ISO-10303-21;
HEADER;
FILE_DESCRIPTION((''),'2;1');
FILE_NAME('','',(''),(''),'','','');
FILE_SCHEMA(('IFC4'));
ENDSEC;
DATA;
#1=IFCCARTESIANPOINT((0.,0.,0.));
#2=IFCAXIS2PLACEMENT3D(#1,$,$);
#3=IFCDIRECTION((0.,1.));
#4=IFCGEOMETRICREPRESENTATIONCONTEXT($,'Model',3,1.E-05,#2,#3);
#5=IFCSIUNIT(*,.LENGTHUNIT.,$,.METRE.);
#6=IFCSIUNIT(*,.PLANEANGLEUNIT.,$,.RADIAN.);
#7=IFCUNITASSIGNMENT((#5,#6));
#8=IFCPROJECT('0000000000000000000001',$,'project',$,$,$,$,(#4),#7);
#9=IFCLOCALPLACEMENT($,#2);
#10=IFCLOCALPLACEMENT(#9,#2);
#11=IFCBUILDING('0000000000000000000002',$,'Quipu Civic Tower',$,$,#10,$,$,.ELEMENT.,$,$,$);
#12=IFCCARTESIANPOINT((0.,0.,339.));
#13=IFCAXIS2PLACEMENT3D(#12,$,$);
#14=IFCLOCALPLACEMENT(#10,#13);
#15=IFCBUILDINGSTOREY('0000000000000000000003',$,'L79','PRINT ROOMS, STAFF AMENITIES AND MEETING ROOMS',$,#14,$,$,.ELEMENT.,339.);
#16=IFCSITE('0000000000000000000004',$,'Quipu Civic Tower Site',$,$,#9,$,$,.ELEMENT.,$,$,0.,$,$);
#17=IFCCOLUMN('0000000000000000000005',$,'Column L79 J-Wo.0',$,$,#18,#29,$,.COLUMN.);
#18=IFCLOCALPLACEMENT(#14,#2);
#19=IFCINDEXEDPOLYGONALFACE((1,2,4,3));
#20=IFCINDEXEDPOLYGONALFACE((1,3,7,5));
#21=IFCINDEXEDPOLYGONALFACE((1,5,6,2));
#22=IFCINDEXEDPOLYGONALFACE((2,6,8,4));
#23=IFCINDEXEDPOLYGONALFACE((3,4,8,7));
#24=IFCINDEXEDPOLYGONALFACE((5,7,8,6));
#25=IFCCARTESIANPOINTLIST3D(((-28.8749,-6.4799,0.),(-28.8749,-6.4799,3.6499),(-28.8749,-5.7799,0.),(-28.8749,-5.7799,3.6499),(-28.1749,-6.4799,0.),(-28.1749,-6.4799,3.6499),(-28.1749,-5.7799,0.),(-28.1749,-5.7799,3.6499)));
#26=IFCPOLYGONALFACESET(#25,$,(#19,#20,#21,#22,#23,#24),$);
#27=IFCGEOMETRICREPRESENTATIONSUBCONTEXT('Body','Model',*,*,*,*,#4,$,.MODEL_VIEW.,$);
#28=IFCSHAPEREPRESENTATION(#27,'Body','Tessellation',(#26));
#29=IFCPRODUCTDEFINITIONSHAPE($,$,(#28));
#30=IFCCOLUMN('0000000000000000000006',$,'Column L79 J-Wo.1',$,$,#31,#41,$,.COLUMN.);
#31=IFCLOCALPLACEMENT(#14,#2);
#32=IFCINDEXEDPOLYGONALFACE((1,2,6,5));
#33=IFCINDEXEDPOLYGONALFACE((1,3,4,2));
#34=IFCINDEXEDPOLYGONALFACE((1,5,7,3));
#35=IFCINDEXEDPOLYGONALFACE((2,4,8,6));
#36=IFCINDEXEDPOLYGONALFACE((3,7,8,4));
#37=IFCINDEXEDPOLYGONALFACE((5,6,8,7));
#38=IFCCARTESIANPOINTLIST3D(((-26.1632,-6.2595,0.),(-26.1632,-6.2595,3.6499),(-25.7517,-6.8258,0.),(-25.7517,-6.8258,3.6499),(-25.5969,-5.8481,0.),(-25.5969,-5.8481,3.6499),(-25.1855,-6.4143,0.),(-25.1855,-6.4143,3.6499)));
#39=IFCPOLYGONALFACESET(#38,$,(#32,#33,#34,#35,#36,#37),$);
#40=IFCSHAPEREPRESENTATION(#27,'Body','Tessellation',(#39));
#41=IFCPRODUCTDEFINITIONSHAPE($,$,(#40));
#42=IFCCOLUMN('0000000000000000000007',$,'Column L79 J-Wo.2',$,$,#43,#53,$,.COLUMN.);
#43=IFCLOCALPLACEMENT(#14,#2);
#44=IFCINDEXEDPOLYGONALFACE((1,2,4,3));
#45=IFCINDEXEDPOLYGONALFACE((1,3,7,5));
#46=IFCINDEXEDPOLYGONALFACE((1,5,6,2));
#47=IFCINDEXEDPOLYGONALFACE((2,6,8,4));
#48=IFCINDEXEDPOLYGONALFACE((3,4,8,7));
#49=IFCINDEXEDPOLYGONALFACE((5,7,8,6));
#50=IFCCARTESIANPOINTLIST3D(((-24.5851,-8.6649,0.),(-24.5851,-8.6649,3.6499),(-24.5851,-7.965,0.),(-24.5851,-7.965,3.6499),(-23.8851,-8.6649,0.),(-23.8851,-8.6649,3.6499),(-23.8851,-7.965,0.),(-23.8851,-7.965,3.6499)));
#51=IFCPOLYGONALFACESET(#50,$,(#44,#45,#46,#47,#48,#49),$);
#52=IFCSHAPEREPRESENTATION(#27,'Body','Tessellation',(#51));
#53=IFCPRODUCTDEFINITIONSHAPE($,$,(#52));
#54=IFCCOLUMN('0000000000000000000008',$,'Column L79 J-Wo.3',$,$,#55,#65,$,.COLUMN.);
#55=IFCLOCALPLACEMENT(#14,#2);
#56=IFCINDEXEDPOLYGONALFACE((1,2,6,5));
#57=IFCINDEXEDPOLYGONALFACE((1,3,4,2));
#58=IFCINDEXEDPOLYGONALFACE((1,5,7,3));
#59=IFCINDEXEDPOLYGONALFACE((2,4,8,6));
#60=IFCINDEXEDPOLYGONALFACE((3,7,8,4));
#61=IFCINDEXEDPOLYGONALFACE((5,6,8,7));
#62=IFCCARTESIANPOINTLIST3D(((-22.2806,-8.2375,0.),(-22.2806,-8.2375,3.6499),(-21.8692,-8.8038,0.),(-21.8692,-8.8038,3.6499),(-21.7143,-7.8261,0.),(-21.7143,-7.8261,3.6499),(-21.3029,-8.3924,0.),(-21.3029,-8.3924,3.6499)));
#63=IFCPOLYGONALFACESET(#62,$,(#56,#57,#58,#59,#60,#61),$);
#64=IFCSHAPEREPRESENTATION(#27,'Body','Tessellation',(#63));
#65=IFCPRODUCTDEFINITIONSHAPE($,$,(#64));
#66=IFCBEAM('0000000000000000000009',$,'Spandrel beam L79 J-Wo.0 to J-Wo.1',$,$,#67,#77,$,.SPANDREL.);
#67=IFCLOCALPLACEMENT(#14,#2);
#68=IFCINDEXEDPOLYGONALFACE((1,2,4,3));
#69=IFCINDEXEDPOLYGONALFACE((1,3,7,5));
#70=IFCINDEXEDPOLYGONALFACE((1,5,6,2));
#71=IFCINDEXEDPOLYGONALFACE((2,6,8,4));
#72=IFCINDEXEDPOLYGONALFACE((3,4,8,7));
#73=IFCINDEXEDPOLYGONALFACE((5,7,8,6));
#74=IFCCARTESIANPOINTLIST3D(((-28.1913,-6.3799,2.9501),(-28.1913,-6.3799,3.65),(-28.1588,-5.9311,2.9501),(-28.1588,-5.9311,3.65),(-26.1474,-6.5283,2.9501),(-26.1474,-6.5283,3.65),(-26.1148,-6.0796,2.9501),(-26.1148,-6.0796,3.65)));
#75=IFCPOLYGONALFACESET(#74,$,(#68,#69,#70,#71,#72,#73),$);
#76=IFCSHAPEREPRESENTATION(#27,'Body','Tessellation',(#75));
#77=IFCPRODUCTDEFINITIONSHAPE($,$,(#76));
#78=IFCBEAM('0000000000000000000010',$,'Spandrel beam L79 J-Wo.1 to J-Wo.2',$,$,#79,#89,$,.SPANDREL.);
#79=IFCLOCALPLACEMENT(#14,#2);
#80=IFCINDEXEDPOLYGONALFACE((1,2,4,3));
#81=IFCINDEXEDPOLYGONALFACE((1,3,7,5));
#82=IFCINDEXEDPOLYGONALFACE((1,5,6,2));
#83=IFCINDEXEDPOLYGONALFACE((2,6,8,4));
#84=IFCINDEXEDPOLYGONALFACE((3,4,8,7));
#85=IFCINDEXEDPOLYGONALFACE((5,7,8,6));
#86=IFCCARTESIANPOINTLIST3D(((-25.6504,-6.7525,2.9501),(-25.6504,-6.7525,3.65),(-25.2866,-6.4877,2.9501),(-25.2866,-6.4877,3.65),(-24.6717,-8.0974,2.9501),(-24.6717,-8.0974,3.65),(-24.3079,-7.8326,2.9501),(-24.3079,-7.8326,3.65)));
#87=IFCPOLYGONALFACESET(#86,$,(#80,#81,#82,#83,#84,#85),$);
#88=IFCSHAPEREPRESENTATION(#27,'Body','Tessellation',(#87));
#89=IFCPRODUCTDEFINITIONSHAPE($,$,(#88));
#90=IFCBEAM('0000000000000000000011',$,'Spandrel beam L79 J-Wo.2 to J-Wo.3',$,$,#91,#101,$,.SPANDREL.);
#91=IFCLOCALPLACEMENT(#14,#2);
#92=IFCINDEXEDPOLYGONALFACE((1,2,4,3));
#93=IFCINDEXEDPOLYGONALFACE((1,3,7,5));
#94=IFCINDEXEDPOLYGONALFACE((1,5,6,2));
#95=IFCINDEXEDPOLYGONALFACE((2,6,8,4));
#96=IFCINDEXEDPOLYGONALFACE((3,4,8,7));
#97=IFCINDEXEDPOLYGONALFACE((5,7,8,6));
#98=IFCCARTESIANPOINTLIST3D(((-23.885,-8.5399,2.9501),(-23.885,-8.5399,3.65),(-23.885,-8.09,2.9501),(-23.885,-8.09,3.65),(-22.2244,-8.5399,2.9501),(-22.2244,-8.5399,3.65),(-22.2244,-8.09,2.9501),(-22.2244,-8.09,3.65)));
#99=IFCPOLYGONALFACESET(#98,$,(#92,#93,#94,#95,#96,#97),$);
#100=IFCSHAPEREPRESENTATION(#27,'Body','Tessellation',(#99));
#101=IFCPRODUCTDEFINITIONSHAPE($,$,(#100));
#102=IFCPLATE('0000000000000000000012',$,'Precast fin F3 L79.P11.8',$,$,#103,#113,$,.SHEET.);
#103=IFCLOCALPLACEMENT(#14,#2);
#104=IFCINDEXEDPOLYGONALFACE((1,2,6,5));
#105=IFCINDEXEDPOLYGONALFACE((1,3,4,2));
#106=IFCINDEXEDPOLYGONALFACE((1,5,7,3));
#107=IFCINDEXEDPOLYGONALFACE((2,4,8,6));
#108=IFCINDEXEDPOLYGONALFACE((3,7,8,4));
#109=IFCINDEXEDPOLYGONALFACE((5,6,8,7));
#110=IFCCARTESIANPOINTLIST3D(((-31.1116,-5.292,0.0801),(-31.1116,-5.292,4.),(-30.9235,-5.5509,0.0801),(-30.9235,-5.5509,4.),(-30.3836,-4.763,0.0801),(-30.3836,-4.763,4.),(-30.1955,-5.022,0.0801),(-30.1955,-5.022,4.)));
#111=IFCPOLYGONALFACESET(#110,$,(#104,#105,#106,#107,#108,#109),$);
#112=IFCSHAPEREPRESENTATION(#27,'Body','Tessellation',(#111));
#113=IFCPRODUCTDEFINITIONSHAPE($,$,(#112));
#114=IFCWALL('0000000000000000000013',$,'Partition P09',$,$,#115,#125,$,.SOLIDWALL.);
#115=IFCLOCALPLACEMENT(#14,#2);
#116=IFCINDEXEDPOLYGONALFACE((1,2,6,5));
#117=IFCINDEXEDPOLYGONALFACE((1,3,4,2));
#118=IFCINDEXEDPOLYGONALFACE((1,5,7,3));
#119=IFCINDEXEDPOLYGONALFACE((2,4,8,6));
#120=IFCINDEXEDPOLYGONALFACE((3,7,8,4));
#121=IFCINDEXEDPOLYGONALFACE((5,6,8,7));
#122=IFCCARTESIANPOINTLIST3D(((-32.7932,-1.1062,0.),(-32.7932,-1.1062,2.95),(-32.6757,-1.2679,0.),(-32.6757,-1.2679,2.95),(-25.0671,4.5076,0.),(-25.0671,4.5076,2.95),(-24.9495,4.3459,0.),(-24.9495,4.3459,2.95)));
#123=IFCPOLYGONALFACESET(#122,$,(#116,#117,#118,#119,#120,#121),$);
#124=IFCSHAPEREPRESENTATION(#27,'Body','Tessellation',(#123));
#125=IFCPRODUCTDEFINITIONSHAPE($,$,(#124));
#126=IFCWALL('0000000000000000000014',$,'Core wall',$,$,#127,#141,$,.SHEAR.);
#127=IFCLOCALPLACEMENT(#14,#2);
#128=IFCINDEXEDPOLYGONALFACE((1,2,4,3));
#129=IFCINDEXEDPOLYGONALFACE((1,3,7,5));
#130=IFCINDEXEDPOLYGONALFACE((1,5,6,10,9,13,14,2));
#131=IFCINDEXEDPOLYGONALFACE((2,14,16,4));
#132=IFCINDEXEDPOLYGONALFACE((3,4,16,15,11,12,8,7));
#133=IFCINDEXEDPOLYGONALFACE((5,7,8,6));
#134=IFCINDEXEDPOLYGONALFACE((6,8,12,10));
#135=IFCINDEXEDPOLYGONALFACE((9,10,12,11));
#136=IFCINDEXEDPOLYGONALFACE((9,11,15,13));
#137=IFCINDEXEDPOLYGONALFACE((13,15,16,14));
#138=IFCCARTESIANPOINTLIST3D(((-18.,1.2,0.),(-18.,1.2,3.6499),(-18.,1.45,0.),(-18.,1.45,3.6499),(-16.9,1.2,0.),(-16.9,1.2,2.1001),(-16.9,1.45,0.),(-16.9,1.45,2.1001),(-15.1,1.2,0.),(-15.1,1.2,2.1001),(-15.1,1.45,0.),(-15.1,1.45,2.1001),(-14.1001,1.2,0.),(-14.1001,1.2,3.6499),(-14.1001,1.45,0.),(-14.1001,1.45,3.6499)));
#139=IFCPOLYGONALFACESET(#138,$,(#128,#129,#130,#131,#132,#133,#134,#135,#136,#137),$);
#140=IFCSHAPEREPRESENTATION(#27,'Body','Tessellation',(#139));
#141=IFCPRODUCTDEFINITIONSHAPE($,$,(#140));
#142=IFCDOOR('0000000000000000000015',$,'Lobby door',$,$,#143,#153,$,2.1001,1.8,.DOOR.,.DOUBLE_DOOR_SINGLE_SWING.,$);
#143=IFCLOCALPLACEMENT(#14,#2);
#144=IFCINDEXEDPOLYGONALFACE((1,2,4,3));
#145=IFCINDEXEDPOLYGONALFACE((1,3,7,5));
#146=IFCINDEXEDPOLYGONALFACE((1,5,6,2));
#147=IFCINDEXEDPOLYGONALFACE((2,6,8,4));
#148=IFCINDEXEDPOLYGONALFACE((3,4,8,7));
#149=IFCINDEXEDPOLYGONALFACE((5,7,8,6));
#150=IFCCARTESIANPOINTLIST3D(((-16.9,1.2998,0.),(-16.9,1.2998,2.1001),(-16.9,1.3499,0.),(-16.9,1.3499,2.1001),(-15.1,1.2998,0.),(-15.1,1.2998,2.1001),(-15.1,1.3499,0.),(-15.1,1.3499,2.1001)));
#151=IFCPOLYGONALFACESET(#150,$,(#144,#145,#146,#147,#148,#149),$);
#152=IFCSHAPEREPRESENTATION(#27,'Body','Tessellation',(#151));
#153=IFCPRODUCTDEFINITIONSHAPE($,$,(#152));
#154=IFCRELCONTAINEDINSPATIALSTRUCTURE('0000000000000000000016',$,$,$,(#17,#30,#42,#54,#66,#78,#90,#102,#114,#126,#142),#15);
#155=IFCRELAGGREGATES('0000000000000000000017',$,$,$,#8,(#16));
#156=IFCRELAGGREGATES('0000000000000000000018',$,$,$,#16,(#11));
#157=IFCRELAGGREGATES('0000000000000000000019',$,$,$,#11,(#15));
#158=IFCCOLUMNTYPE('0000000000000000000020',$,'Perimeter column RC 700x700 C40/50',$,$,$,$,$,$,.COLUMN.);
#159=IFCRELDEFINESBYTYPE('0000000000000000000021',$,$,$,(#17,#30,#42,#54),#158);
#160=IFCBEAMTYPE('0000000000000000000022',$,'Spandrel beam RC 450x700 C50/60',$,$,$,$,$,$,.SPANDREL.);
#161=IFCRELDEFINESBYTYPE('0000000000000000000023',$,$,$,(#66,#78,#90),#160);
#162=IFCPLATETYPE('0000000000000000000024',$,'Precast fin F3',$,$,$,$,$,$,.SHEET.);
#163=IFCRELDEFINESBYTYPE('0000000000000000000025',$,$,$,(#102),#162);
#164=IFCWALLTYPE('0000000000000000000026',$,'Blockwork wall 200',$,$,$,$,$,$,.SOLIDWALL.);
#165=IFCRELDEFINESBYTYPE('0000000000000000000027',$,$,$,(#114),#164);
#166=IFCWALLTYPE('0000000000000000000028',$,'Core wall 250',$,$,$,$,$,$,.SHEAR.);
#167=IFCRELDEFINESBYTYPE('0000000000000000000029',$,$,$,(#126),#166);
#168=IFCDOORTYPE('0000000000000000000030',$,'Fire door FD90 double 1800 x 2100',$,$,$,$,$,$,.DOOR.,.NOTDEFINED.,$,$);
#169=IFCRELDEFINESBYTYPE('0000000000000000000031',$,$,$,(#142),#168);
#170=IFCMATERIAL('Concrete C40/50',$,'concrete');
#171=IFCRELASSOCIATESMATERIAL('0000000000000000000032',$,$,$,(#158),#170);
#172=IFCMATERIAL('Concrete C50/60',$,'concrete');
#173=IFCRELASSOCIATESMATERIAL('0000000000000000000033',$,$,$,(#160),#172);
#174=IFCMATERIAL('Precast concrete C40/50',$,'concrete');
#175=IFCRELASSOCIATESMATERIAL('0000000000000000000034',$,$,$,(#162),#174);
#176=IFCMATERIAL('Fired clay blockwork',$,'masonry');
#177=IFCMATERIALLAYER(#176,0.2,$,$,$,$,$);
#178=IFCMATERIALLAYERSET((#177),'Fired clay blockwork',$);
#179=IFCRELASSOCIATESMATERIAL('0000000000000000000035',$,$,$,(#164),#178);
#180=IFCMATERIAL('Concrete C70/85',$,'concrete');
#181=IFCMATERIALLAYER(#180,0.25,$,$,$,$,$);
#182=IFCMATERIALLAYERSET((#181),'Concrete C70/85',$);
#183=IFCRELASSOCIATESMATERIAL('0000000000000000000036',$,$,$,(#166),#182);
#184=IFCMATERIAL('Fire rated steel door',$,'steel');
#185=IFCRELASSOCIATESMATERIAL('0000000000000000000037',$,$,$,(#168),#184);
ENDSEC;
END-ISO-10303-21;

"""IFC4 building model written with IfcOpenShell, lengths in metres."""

from ifc_helpers import new_model, si_unit, direction, frame, frame_2d, origin, origin_2d, place, context, subcontext, project, spatial, rectangle, extrude, material, layer, layer_set, material_profile, profile_set, type_object, element, fill, save


model = new_model("IFC4")

# Units and contexts
model_context = context("Model", 3, precision=1e-05, world=origin(), true_north=direction((0.0, 1.0)))
body_context = subcontext(model_context, "Body", "Model", "MODEL_VIEW")
ifc_project = project(units=[si_unit("LENGTHUNIT", "METRE"), si_unit("PLANEANGLEUNIT", "RADIAN")], contexts=[model_context])

# Site, building, storey
site_placement = place(None, origin())
site = spatial("IfcSite", under=ifc_project, at=site_placement, Name="Quipu Civic Tower Site", CompositionType="ELEMENT", RefElevation=0.0)
building_placement = place(site_placement, origin())
building = spatial("IfcBuilding", under=site, at=building_placement, Name="Quipu Civic Tower", CompositionType="ELEMENT")
storey_placement = place(building_placement, frame((0.0, 0.0, 339.0)))
storey = spatial("IfcBuildingStorey", under=building, at=storey_placement, Name="L79", Description="PRINT ROOMS, STAFF AMENITIES AND MEETING ROOMS", CompositionType="ELEMENT", Elevation=339.0)

# Columns
ifc_material_1 = material(Name="Concrete C40/50", Category="concrete")
ifc_material_profile_1 = material_profile(ifc_material_1, rectangle(XDim=0.7, YDim=0.7, at=origin_2d()), Name="RC700x700")
ifc_profile_set_1 = profile_set([ifc_material_profile_1], Name="Concrete C40/50")
column_type = type_object("IfcColumnType", Name="Perimeter column RC 700x700 C40/50", PredefinedType="COLUMN", material=ifc_profile_set_1)
for number, where, z_axis, x_axis, name in (
    (1, (-28.5249, -6.1299, 0.0), (0.0, 0.0, 1.0), (1.0, 0.0, 0.0), "Column L79 J-Wo.0"),
    (2, (-25.6743, -6.3369, 0.0), (0.0, 0.0, 1.0), (0.587785, -0.809017, 0.0), "Column L79 J-Wo.1"),
    (3, (-24.2351, -8.3149, 0.0), (0.0, 0.0, 1.0), (1.0, 0.0, 0.0), "Column L79 J-Wo.2"),
    (4, (-21.7917, -8.3149, 0.0), (0.0, 0.0, 1.0), (0.587785, -0.809017, 0.0), "Column L79 J-Wo.3"),
):
    element("IfcColumn", number, at=place(storey_placement, frame(where, z_axis=z_axis, x_axis=x_axis)), inside=storey, type_object=column_type, Name=name, PredefinedType="COLUMN", context=body_context, shape_type="SweptSolid", body=[
        extrude(rectangle(XDim=0.7, YDim=0.7, at=origin_2d()), origin(), (0.0, 0.0, 1.0), 3.6499),
    ])

# Beams
ifc_material_2 = material(Name="Concrete C50/60", Category="concrete")
ifc_material_profile_2 = material_profile(ifc_material_2, rectangle(XDim=0.45, YDim=0.7, at=origin_2d()), Name="RC450x700")
ifc_profile_set_2 = profile_set([ifc_material_profile_2], Name="Concrete C50/60")
beam_type = type_object("IfcBeamType", Name="Spandrel beam RC 450x700 C50/60", PredefinedType="SPANDREL", material=ifc_profile_set_2)
beam_1_placement = place(storey_placement, frame((-28.175, -6.1555, 3.3), z_axis=(0.997373, -0.072432, 0.0), x_axis=(0.072432, 0.997373, 0.0)))
element("IfcBeam", 5, at=beam_1_placement, inside=storey, type_object=beam_type, Name="Spandrel beam L79 J-Wo.0 to J-Wo.1", PredefinedType="SPANDREL", context=body_context, shape_type="SweptSolid", body=[
    extrude(rectangle(XDim=0.45, YDim=0.7, at=origin_2d()), origin(), (0.0, 0.0, 1.0), 2.0493),
])
beam_2_placement = place(storey_placement, frame((-25.4685, -6.6201, 3.3), z_axis=(0.588407, -0.808565, 0.0), x_axis=(0.808565, 0.588407, 0.0)))
element("IfcBeam", 6, at=beam_2_placement, inside=storey, type_object=beam_type, Name="Spandrel beam L79 J-Wo.1 to J-Wo.2", PredefinedType="SPANDREL", context=body_context, shape_type="SweptSolid", body=[
    extrude(rectangle(XDim=0.45, YDim=0.7, at=origin_2d()), origin(), (0.0, 0.0, 1.0), 1.6633),
])
beam_3_placement = place(storey_placement, frame((-23.885, -8.3149, 3.3), z_axis=(1.0, 0.0, 0.0), x_axis=(0.0, 1.0, 0.0)))
element("IfcBeam", 7, at=beam_3_placement, inside=storey, type_object=beam_type, Name="Spandrel beam L79 J-Wo.2 to J-Wo.3", PredefinedType="SPANDREL", context=body_context, shape_type="SweptSolid", body=[
    extrude(rectangle(XDim=0.45, YDim=0.7, at=origin_2d()), origin(), (0.0, 0.0, 1.0), 1.6606),
])

# Plate
ifc_material_3 = material(Name="Precast concrete C40/50", Category="concrete")
plate_type = type_object("IfcPlateType", Name="Precast fin F3", PredefinedType="SHEET", material=ifc_material_3)
plate_placement = place(storey_placement, frame((-30.6536, -5.157, 0.0801), z_axis=(0.0, 0.0, 1.0), x_axis=(0.587787, -0.809016, 0.0)))
element("IfcPlate", 8, at=plate_placement, inside=storey, type_object=plate_type, Name="Precast fin F3 L79.P11.8", PredefinedType="SHEET", context=body_context, shape_type="SweptSolid", body=[
    extrude(rectangle(XDim=0.3201, YDim=0.8999, at=origin_2d()), origin(), (0.0, 0.0, 1.0), 3.9199),
])

# Wall
ifc_material_4 = material(Name="Fired clay blockwork", Category="masonry")
ifc_layer_1 = layer(ifc_material_4, 0.2)
ifc_layer_set_1 = layer_set([ifc_layer_1], Name="Fired clay blockwork")
wall_type_1 = type_object("IfcWallType", Name="Blockwork wall 200", PredefinedType="SOLIDWALL", material=ifc_layer_set_1)
wall_1_placement = place(storey_placement, frame((-25.0083, 4.4268, 0.0), z_axis=(0.0, 0.0, 1.0), x_axis=(-0.808995, -0.587816, 0.0)))
element("IfcWall", 9, at=wall_1_placement, inside=storey, type_object=wall_type_1, Name="Partition P09", PredefinedType="SOLIDWALL", context=body_context, shape_type="SweptSolid", body=[
    extrude(rectangle(XDim=9.5503, YDim=0.2, at=frame_2d((4.7751, 0.0))), origin(), (0.0, 0.0, 1.0), 2.95),
])

# Wall, opening, door
ifc_material_5 = material(Name="Concrete C70/85", Category="concrete")
ifc_layer_2 = layer(ifc_material_5, 0.25)
ifc_layer_set_2 = layer_set([ifc_layer_2], Name="Concrete C70/85")
wall_type_2 = type_object("IfcWallType", Name="Core wall 250", PredefinedType="SHEAR", material=ifc_layer_set_2)
wall_2_placement = place(storey_placement, frame((-18.0, 1.325, 0.0), z_axis=(0.0, 0.0, 1.0), x_axis=(1.0, 0.0, 0.0)))
wall_2 = element("IfcWall", 10, at=wall_2_placement, inside=storey, type_object=wall_type_2, Name="Core wall", PredefinedType="SHEAR", context=body_context, shape_type="SweptSolid", body=[
    extrude(rectangle(XDim=3.8999, YDim=0.25, at=frame_2d((1.95, 0.0))), origin(), (0.0, 0.0, 1.0), 3.6499),
])
opening_1_placement = place(wall_2_placement, frame((1.1001, 0.0, 0.0)))
opening_1 = element("IfcOpeningElement", 11, at=opening_1_placement, cuts=wall_2, PredefinedType="OPENING", context=body_context, shape_type="SweptSolid", body=[
    extrude(rectangle(XDim=1.8, YDim=2.1001, at=frame_2d((0.8999, 1.05))), frame((0.0, 0.135, 0.0), z_axis=(0.0, -1.0, 0.0), x_axis=(1.0, 0.0, 0.0)), (0.0, 0.0, 1.0), 0.27),
])
ifc_material_6 = material(Name="Fire rated steel door", Category="steel")
door_type_1 = type_object("IfcDoorType", Name="Fire door FD90 double 1800 x 2100", OperationType="NOTDEFINED", PredefinedType="DOOR", material=ifc_material_6)
door_1_placement = place(opening_1_placement, origin())
door_1 = element("IfcDoor", 12, at=door_1_placement, inside=storey, type_object=door_type_1, Name="Lobby door", OperationType="DOUBLE_DOOR_SINGLE_SWING", OverallHeight=2.1001, OverallWidth=1.8, PredefinedType="DOOR", context=body_context, shape_type="SweptSolid", body=[
    extrude(rectangle(XDim=1.8, YDim=2.1001, at=frame_2d((0.8999, 1.05))), frame((0.0, 0.0249, 0.0), z_axis=(0.0, -1.0, 0.0), x_axis=(1.0, 0.0, 0.0)), (0.0, 0.0, 1.0), 0.05),
])
fill(opening_1, door_1)

save(model, "model.ifc")
